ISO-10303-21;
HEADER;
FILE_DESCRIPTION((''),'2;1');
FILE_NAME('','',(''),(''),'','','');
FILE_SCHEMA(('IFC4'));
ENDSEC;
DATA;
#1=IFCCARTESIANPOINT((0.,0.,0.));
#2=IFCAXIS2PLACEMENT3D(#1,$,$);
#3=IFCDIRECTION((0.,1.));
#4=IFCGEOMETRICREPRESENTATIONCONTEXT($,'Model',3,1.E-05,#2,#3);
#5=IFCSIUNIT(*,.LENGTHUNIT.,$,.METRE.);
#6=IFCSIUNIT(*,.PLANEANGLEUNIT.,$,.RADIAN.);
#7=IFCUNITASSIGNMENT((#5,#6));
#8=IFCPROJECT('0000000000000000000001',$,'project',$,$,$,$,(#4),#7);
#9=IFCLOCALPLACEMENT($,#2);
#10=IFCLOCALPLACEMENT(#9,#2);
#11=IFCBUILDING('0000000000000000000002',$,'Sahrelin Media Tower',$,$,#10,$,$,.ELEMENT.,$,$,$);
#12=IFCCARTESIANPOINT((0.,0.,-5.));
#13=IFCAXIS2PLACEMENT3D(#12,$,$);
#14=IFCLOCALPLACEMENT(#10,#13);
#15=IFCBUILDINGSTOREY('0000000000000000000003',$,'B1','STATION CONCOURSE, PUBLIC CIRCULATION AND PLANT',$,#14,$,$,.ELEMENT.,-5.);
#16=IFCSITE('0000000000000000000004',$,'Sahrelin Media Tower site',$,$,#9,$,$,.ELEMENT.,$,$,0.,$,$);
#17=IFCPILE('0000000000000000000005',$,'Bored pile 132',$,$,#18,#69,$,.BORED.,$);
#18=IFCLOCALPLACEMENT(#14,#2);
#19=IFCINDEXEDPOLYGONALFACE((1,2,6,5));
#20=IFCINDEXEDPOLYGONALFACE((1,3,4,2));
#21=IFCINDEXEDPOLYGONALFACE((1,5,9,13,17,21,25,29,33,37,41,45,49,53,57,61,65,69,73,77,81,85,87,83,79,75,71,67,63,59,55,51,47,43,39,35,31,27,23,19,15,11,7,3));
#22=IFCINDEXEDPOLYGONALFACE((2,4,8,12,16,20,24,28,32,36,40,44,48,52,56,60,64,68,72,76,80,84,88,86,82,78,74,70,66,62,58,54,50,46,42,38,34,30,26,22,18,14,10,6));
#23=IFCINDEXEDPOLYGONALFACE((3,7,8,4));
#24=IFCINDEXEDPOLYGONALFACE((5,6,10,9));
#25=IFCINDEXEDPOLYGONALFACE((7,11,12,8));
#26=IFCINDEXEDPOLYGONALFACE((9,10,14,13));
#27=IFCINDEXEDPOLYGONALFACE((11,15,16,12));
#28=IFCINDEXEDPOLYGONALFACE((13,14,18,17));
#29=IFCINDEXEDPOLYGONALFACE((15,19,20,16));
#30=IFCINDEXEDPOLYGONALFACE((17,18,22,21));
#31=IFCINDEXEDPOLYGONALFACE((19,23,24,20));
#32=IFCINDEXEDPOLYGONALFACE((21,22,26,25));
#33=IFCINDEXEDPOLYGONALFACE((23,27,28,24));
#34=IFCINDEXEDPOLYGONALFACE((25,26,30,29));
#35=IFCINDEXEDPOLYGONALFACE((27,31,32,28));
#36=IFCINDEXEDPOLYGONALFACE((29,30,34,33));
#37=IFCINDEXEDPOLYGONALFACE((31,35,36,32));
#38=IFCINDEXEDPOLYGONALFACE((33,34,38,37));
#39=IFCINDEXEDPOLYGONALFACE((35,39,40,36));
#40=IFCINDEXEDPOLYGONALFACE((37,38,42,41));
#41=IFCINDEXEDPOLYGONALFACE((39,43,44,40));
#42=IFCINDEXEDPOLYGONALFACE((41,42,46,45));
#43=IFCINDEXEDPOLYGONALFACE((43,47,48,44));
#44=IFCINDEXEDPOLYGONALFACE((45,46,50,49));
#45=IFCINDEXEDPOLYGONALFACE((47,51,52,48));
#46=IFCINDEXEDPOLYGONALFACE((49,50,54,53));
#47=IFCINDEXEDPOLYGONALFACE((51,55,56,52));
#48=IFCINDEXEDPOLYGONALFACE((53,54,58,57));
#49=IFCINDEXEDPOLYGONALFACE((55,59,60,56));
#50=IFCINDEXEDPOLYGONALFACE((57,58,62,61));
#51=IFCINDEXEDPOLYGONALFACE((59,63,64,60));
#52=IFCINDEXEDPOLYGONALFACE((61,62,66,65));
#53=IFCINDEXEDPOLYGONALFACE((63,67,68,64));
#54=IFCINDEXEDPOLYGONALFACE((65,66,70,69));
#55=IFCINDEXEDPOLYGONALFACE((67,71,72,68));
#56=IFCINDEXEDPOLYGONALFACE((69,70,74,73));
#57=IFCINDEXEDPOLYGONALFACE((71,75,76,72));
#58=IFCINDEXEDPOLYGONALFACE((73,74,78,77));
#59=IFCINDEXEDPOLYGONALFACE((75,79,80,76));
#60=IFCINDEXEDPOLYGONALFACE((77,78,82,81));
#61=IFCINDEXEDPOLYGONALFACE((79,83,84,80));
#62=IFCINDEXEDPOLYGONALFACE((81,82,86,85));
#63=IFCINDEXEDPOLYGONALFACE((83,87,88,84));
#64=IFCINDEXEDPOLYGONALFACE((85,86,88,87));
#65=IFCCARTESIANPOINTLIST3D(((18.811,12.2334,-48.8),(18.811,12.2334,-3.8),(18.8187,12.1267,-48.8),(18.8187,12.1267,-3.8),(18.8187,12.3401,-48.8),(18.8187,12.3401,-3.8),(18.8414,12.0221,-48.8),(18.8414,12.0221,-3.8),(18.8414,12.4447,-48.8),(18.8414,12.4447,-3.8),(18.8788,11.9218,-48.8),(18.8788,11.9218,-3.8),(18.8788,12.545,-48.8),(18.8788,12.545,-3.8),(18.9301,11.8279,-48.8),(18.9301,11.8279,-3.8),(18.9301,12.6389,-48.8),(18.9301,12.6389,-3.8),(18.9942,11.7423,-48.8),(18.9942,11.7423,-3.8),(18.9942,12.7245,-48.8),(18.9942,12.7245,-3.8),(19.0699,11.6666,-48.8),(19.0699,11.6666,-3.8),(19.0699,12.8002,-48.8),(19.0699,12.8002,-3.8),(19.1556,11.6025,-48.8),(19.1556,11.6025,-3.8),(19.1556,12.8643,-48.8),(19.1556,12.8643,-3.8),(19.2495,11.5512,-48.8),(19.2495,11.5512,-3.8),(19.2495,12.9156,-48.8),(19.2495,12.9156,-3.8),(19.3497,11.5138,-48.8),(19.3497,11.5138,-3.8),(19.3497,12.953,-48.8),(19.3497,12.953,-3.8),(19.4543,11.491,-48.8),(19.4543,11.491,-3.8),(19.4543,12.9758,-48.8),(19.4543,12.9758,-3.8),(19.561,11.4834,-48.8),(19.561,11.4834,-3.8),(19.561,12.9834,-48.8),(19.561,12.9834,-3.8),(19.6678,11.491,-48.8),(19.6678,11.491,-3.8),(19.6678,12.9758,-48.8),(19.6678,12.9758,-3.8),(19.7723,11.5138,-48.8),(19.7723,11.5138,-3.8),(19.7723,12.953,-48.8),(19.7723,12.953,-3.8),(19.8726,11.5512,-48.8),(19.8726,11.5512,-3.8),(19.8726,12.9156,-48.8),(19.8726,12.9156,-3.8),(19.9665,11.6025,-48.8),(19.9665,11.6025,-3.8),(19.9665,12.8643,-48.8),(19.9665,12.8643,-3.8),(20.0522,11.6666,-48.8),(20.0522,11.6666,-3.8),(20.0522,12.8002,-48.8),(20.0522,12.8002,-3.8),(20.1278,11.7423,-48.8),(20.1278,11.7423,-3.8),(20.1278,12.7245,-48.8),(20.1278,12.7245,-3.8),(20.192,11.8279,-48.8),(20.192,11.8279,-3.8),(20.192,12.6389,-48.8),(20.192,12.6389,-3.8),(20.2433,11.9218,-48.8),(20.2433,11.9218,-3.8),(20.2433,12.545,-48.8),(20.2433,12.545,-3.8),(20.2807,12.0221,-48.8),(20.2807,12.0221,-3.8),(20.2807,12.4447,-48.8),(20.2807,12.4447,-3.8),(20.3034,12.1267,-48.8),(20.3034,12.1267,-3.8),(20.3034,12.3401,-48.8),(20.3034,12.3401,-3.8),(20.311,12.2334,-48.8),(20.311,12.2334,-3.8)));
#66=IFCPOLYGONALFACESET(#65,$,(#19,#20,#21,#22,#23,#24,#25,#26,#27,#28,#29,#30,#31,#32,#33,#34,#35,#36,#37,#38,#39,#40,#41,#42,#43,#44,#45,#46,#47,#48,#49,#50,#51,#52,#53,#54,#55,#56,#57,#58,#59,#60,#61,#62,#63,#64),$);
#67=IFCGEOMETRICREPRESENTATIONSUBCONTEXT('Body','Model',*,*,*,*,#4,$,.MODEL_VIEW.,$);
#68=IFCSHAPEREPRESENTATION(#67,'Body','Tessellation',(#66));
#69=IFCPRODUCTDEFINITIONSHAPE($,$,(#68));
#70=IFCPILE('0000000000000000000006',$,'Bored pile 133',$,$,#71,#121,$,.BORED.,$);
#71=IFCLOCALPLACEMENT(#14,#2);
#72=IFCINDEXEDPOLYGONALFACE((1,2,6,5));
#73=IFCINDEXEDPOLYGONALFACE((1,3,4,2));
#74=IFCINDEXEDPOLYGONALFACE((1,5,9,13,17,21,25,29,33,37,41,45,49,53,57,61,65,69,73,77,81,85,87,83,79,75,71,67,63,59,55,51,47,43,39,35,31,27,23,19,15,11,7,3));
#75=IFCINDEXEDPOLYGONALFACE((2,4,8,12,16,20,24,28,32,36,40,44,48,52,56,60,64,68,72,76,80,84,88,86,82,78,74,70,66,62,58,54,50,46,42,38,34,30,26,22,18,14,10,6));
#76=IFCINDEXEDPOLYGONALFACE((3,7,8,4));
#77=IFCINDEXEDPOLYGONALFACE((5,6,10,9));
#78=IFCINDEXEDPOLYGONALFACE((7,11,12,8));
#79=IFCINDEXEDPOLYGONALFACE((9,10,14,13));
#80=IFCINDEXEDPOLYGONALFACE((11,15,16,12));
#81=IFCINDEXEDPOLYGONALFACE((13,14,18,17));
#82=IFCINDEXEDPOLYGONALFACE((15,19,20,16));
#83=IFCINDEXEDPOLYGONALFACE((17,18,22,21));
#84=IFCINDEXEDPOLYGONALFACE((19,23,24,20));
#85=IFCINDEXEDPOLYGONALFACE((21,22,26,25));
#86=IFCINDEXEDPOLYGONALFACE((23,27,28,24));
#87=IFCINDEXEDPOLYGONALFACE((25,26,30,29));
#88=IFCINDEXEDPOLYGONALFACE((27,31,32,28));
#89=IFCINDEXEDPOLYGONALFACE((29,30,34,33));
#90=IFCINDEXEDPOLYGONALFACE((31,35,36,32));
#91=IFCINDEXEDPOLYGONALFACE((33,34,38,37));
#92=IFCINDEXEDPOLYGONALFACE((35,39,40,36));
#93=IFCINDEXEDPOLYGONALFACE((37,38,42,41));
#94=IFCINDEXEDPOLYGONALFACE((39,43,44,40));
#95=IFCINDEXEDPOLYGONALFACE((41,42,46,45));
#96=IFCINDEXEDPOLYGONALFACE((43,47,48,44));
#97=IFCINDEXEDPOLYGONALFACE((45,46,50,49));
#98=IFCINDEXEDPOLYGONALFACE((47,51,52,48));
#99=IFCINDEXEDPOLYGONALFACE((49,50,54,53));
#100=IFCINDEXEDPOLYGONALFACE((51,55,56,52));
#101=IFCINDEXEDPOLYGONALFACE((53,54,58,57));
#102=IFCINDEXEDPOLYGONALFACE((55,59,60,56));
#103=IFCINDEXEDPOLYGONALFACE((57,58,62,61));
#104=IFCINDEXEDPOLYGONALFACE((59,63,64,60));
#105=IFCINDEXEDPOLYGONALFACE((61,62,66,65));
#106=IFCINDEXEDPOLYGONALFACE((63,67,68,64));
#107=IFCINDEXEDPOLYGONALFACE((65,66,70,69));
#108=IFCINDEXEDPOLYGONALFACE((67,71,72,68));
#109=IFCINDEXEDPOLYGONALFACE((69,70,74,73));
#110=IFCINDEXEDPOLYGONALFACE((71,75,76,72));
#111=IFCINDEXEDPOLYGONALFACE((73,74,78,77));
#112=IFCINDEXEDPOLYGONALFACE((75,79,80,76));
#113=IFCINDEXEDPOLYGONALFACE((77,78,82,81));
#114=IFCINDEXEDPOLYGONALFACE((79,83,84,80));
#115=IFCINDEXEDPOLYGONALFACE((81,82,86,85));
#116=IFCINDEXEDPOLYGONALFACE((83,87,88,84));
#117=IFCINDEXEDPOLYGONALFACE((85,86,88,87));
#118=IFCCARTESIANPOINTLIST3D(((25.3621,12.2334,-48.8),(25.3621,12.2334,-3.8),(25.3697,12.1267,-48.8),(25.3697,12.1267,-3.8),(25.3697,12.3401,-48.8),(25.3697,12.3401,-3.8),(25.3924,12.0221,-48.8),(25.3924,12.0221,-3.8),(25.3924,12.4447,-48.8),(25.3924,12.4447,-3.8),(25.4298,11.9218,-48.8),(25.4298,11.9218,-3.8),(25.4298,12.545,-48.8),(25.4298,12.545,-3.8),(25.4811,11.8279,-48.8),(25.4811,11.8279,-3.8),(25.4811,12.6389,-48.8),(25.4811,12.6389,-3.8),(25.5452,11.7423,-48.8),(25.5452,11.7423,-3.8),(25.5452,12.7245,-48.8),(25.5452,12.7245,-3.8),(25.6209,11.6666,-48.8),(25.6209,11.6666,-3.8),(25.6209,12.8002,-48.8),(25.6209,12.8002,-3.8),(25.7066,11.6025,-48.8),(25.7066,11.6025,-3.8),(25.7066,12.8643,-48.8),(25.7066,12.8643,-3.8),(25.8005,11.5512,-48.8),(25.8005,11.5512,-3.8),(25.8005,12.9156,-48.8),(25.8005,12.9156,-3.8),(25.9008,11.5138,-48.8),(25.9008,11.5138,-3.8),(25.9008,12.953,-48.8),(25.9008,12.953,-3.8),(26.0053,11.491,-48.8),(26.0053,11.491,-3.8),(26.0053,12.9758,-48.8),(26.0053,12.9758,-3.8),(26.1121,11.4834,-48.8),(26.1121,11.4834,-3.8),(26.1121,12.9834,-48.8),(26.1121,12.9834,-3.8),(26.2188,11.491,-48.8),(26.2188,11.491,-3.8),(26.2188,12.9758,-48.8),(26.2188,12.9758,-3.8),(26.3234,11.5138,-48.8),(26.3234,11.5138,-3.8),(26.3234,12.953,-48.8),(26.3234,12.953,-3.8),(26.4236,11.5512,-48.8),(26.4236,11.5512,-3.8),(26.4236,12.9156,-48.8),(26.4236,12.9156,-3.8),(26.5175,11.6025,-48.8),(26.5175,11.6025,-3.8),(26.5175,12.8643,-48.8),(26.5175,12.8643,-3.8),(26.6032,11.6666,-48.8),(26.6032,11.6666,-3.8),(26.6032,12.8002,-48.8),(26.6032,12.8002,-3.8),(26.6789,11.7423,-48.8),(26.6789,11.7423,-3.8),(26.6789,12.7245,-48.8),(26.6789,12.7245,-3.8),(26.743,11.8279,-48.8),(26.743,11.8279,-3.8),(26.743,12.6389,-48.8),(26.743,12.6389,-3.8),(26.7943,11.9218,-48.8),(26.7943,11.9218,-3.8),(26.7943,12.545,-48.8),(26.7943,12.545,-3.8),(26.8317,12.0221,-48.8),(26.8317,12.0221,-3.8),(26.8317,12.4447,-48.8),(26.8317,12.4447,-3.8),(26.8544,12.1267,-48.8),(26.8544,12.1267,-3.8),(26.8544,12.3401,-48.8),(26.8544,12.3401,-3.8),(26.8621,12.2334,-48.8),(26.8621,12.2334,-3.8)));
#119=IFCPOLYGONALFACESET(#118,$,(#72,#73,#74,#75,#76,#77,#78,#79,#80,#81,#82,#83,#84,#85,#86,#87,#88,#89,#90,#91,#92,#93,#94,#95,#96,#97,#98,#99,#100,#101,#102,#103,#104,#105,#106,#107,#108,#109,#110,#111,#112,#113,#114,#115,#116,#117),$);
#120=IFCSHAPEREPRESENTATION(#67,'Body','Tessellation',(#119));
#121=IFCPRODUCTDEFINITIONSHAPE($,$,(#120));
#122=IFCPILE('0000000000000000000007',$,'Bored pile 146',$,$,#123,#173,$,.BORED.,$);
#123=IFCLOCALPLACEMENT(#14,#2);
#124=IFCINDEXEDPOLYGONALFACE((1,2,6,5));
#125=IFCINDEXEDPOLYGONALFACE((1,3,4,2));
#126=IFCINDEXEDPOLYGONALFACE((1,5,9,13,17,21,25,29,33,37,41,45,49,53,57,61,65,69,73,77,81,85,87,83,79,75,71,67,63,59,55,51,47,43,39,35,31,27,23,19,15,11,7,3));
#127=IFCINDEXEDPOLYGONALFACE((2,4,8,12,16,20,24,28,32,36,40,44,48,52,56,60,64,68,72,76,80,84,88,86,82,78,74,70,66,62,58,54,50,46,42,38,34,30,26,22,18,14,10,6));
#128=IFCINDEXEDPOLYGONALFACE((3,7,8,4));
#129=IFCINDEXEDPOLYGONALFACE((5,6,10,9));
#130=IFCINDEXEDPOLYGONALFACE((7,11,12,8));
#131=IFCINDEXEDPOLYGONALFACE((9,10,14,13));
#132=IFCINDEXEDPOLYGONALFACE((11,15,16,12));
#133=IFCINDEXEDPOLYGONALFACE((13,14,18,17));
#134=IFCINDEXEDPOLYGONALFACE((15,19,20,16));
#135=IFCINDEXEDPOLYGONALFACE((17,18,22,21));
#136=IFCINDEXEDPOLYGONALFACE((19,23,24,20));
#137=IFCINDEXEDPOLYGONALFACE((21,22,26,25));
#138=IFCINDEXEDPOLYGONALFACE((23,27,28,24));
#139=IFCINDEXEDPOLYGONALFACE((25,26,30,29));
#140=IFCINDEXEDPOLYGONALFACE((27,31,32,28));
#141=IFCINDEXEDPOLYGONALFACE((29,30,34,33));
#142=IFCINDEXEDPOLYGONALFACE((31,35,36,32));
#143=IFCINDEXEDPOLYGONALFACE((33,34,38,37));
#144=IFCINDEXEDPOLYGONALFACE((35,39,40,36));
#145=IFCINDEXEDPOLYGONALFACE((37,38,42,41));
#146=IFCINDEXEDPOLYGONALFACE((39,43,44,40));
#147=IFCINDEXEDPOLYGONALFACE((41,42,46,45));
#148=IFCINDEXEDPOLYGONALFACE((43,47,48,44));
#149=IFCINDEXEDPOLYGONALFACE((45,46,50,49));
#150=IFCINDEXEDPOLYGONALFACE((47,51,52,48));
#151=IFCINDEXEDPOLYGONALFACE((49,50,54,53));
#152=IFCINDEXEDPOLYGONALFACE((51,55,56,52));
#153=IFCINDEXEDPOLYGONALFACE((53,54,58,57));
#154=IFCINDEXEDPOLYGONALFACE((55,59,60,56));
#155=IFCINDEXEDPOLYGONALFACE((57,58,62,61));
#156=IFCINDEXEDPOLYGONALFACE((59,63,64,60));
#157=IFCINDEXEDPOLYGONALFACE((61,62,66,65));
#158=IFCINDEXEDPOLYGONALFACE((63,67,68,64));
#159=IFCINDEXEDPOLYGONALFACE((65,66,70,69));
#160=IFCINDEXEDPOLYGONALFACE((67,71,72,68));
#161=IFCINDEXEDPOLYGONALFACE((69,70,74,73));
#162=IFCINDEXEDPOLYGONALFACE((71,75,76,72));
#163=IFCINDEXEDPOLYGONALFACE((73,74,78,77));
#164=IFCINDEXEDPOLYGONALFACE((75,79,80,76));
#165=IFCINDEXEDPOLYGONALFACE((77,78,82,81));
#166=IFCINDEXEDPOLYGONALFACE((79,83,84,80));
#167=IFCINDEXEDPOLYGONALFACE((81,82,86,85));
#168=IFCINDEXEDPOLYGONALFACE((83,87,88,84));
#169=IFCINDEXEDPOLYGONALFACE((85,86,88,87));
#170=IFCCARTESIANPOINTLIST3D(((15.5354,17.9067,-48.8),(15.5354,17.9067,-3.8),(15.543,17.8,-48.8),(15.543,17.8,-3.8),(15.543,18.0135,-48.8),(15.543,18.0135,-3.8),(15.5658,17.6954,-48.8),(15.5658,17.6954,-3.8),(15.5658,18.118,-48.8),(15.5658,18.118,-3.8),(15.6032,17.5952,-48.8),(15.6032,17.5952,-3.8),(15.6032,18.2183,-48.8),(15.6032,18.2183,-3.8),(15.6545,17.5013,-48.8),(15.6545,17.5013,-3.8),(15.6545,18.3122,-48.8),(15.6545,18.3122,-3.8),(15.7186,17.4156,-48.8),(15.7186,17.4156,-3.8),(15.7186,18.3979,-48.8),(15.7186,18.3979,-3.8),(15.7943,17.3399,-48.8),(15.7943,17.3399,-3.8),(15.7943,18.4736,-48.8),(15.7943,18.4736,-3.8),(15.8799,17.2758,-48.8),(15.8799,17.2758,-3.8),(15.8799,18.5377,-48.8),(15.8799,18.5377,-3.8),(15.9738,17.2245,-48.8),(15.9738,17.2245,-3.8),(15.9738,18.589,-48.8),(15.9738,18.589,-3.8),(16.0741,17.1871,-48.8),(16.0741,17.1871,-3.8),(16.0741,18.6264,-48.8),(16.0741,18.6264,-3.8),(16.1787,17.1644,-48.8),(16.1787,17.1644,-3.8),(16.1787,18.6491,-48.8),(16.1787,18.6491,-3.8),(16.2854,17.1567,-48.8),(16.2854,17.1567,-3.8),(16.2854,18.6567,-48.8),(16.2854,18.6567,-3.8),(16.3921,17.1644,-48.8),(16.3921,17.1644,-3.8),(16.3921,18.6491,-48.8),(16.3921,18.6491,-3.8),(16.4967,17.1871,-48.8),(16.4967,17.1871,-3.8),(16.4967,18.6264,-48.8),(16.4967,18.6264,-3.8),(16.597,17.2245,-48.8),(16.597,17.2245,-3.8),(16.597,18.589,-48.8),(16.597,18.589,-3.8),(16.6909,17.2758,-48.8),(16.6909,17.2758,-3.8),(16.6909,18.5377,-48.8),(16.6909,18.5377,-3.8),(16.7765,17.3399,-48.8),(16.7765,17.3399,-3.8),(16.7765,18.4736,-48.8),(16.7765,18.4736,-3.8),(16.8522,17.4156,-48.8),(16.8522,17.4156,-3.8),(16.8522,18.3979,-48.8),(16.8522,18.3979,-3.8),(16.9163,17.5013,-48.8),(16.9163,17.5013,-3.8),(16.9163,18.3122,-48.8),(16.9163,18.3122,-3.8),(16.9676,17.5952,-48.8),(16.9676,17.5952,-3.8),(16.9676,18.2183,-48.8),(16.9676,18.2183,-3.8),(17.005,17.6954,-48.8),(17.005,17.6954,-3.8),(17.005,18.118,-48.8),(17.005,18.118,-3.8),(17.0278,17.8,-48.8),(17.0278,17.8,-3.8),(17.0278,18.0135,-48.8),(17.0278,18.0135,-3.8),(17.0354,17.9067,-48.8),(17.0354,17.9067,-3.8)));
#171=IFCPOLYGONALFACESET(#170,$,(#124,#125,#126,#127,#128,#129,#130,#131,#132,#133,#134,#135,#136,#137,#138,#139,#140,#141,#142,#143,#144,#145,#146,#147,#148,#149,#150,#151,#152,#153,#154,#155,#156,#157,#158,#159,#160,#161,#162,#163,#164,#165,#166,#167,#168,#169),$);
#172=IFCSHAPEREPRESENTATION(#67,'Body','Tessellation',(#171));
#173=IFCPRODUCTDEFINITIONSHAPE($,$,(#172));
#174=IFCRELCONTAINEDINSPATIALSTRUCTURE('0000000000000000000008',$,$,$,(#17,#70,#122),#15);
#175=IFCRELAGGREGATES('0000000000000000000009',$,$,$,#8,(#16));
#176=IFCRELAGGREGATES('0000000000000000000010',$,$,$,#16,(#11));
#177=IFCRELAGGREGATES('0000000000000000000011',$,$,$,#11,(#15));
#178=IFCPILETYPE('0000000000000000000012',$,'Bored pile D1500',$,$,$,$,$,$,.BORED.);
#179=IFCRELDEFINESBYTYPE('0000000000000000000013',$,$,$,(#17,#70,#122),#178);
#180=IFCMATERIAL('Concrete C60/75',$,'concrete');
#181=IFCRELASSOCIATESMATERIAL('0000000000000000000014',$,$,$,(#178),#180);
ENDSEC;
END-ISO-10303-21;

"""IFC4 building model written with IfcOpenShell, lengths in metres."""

from ifc_helpers import new_model, si_unit, direction, frame, origin, origin_2d, place, context, subcontext, project, spatial, circle, extrude, material, material_profile, profile_set, type_object, element, save


model = new_model("IFC4")

# Units and contexts
model_context = context("Model", 3, precision=1e-05, world=origin(), true_north=direction((0.0, 1.0)))
body_context = subcontext(model_context, "Body", "Model", "MODEL_VIEW")
ifc_project = project(units=[si_unit("LENGTHUNIT", "METRE"), si_unit("PLANEANGLEUNIT", "RADIAN")], contexts=[model_context])

# Site, building, storey
site_placement = place(None, origin())
site = spatial("IfcSite", under=ifc_project, at=site_placement, Name="Sahrelin Media Tower site", CompositionType="ELEMENT", RefElevation=0.0)
building_placement = place(site_placement, origin())
building = spatial("IfcBuilding", under=site, at=building_placement, Name="Sahrelin Media Tower", CompositionType="ELEMENT")
storey_placement = place(building_placement, frame((0.0, 0.0, -5.0)))
storey = spatial("IfcBuildingStorey", under=building, at=storey_placement, Name="B1", Description="STATION CONCOURSE, PUBLIC CIRCULATION AND PLANT", CompositionType="ELEMENT", Elevation=-5.0)

# Piles
ifc_material_1 = material(Name="Concrete C60/75", Category="concrete")
ifc_material_profile_1 = material_profile(ifc_material_1, circle(Radius=0.75, at=origin_2d()), Name="Bored pile D1500")
ifc_profile_set_1 = profile_set([ifc_material_profile_1], Name="Concrete C60/75")
pile_type = type_object("IfcPileType", Name="Bored pile D1500", PredefinedType="BORED", material=ifc_profile_set_1)
for number, where, z_axis, x_axis, name in (
    (1, (19.561, 12.2334, -3.8), (0.0, 0.0, -1.0), (1.0, 0.0, 0.0), "Bored pile 132"),
    (2, (26.1121, 12.2334, -3.8), (0.0, 0.0, -1.0), (1.0, 0.0, 0.0), "Bored pile 133"),
    (3, (16.2854, 17.9067, -3.8), (0.0, 0.0, -1.0), (1.0, 0.0, 0.0), "Bored pile 146"),
):
    element("IfcPile", number, at=place(storey_placement, frame(where, z_axis=z_axis, x_axis=x_axis)), inside=storey, type_object=pile_type, Name=name, PredefinedType="BORED", context=body_context, shape_type="SweptSolid", body=[
        extrude(circle(Radius=0.75, at=origin_2d()), origin(), (0.0, 0.0, 1.0), 45.0),
    ])

save(model, "model.ifc")
